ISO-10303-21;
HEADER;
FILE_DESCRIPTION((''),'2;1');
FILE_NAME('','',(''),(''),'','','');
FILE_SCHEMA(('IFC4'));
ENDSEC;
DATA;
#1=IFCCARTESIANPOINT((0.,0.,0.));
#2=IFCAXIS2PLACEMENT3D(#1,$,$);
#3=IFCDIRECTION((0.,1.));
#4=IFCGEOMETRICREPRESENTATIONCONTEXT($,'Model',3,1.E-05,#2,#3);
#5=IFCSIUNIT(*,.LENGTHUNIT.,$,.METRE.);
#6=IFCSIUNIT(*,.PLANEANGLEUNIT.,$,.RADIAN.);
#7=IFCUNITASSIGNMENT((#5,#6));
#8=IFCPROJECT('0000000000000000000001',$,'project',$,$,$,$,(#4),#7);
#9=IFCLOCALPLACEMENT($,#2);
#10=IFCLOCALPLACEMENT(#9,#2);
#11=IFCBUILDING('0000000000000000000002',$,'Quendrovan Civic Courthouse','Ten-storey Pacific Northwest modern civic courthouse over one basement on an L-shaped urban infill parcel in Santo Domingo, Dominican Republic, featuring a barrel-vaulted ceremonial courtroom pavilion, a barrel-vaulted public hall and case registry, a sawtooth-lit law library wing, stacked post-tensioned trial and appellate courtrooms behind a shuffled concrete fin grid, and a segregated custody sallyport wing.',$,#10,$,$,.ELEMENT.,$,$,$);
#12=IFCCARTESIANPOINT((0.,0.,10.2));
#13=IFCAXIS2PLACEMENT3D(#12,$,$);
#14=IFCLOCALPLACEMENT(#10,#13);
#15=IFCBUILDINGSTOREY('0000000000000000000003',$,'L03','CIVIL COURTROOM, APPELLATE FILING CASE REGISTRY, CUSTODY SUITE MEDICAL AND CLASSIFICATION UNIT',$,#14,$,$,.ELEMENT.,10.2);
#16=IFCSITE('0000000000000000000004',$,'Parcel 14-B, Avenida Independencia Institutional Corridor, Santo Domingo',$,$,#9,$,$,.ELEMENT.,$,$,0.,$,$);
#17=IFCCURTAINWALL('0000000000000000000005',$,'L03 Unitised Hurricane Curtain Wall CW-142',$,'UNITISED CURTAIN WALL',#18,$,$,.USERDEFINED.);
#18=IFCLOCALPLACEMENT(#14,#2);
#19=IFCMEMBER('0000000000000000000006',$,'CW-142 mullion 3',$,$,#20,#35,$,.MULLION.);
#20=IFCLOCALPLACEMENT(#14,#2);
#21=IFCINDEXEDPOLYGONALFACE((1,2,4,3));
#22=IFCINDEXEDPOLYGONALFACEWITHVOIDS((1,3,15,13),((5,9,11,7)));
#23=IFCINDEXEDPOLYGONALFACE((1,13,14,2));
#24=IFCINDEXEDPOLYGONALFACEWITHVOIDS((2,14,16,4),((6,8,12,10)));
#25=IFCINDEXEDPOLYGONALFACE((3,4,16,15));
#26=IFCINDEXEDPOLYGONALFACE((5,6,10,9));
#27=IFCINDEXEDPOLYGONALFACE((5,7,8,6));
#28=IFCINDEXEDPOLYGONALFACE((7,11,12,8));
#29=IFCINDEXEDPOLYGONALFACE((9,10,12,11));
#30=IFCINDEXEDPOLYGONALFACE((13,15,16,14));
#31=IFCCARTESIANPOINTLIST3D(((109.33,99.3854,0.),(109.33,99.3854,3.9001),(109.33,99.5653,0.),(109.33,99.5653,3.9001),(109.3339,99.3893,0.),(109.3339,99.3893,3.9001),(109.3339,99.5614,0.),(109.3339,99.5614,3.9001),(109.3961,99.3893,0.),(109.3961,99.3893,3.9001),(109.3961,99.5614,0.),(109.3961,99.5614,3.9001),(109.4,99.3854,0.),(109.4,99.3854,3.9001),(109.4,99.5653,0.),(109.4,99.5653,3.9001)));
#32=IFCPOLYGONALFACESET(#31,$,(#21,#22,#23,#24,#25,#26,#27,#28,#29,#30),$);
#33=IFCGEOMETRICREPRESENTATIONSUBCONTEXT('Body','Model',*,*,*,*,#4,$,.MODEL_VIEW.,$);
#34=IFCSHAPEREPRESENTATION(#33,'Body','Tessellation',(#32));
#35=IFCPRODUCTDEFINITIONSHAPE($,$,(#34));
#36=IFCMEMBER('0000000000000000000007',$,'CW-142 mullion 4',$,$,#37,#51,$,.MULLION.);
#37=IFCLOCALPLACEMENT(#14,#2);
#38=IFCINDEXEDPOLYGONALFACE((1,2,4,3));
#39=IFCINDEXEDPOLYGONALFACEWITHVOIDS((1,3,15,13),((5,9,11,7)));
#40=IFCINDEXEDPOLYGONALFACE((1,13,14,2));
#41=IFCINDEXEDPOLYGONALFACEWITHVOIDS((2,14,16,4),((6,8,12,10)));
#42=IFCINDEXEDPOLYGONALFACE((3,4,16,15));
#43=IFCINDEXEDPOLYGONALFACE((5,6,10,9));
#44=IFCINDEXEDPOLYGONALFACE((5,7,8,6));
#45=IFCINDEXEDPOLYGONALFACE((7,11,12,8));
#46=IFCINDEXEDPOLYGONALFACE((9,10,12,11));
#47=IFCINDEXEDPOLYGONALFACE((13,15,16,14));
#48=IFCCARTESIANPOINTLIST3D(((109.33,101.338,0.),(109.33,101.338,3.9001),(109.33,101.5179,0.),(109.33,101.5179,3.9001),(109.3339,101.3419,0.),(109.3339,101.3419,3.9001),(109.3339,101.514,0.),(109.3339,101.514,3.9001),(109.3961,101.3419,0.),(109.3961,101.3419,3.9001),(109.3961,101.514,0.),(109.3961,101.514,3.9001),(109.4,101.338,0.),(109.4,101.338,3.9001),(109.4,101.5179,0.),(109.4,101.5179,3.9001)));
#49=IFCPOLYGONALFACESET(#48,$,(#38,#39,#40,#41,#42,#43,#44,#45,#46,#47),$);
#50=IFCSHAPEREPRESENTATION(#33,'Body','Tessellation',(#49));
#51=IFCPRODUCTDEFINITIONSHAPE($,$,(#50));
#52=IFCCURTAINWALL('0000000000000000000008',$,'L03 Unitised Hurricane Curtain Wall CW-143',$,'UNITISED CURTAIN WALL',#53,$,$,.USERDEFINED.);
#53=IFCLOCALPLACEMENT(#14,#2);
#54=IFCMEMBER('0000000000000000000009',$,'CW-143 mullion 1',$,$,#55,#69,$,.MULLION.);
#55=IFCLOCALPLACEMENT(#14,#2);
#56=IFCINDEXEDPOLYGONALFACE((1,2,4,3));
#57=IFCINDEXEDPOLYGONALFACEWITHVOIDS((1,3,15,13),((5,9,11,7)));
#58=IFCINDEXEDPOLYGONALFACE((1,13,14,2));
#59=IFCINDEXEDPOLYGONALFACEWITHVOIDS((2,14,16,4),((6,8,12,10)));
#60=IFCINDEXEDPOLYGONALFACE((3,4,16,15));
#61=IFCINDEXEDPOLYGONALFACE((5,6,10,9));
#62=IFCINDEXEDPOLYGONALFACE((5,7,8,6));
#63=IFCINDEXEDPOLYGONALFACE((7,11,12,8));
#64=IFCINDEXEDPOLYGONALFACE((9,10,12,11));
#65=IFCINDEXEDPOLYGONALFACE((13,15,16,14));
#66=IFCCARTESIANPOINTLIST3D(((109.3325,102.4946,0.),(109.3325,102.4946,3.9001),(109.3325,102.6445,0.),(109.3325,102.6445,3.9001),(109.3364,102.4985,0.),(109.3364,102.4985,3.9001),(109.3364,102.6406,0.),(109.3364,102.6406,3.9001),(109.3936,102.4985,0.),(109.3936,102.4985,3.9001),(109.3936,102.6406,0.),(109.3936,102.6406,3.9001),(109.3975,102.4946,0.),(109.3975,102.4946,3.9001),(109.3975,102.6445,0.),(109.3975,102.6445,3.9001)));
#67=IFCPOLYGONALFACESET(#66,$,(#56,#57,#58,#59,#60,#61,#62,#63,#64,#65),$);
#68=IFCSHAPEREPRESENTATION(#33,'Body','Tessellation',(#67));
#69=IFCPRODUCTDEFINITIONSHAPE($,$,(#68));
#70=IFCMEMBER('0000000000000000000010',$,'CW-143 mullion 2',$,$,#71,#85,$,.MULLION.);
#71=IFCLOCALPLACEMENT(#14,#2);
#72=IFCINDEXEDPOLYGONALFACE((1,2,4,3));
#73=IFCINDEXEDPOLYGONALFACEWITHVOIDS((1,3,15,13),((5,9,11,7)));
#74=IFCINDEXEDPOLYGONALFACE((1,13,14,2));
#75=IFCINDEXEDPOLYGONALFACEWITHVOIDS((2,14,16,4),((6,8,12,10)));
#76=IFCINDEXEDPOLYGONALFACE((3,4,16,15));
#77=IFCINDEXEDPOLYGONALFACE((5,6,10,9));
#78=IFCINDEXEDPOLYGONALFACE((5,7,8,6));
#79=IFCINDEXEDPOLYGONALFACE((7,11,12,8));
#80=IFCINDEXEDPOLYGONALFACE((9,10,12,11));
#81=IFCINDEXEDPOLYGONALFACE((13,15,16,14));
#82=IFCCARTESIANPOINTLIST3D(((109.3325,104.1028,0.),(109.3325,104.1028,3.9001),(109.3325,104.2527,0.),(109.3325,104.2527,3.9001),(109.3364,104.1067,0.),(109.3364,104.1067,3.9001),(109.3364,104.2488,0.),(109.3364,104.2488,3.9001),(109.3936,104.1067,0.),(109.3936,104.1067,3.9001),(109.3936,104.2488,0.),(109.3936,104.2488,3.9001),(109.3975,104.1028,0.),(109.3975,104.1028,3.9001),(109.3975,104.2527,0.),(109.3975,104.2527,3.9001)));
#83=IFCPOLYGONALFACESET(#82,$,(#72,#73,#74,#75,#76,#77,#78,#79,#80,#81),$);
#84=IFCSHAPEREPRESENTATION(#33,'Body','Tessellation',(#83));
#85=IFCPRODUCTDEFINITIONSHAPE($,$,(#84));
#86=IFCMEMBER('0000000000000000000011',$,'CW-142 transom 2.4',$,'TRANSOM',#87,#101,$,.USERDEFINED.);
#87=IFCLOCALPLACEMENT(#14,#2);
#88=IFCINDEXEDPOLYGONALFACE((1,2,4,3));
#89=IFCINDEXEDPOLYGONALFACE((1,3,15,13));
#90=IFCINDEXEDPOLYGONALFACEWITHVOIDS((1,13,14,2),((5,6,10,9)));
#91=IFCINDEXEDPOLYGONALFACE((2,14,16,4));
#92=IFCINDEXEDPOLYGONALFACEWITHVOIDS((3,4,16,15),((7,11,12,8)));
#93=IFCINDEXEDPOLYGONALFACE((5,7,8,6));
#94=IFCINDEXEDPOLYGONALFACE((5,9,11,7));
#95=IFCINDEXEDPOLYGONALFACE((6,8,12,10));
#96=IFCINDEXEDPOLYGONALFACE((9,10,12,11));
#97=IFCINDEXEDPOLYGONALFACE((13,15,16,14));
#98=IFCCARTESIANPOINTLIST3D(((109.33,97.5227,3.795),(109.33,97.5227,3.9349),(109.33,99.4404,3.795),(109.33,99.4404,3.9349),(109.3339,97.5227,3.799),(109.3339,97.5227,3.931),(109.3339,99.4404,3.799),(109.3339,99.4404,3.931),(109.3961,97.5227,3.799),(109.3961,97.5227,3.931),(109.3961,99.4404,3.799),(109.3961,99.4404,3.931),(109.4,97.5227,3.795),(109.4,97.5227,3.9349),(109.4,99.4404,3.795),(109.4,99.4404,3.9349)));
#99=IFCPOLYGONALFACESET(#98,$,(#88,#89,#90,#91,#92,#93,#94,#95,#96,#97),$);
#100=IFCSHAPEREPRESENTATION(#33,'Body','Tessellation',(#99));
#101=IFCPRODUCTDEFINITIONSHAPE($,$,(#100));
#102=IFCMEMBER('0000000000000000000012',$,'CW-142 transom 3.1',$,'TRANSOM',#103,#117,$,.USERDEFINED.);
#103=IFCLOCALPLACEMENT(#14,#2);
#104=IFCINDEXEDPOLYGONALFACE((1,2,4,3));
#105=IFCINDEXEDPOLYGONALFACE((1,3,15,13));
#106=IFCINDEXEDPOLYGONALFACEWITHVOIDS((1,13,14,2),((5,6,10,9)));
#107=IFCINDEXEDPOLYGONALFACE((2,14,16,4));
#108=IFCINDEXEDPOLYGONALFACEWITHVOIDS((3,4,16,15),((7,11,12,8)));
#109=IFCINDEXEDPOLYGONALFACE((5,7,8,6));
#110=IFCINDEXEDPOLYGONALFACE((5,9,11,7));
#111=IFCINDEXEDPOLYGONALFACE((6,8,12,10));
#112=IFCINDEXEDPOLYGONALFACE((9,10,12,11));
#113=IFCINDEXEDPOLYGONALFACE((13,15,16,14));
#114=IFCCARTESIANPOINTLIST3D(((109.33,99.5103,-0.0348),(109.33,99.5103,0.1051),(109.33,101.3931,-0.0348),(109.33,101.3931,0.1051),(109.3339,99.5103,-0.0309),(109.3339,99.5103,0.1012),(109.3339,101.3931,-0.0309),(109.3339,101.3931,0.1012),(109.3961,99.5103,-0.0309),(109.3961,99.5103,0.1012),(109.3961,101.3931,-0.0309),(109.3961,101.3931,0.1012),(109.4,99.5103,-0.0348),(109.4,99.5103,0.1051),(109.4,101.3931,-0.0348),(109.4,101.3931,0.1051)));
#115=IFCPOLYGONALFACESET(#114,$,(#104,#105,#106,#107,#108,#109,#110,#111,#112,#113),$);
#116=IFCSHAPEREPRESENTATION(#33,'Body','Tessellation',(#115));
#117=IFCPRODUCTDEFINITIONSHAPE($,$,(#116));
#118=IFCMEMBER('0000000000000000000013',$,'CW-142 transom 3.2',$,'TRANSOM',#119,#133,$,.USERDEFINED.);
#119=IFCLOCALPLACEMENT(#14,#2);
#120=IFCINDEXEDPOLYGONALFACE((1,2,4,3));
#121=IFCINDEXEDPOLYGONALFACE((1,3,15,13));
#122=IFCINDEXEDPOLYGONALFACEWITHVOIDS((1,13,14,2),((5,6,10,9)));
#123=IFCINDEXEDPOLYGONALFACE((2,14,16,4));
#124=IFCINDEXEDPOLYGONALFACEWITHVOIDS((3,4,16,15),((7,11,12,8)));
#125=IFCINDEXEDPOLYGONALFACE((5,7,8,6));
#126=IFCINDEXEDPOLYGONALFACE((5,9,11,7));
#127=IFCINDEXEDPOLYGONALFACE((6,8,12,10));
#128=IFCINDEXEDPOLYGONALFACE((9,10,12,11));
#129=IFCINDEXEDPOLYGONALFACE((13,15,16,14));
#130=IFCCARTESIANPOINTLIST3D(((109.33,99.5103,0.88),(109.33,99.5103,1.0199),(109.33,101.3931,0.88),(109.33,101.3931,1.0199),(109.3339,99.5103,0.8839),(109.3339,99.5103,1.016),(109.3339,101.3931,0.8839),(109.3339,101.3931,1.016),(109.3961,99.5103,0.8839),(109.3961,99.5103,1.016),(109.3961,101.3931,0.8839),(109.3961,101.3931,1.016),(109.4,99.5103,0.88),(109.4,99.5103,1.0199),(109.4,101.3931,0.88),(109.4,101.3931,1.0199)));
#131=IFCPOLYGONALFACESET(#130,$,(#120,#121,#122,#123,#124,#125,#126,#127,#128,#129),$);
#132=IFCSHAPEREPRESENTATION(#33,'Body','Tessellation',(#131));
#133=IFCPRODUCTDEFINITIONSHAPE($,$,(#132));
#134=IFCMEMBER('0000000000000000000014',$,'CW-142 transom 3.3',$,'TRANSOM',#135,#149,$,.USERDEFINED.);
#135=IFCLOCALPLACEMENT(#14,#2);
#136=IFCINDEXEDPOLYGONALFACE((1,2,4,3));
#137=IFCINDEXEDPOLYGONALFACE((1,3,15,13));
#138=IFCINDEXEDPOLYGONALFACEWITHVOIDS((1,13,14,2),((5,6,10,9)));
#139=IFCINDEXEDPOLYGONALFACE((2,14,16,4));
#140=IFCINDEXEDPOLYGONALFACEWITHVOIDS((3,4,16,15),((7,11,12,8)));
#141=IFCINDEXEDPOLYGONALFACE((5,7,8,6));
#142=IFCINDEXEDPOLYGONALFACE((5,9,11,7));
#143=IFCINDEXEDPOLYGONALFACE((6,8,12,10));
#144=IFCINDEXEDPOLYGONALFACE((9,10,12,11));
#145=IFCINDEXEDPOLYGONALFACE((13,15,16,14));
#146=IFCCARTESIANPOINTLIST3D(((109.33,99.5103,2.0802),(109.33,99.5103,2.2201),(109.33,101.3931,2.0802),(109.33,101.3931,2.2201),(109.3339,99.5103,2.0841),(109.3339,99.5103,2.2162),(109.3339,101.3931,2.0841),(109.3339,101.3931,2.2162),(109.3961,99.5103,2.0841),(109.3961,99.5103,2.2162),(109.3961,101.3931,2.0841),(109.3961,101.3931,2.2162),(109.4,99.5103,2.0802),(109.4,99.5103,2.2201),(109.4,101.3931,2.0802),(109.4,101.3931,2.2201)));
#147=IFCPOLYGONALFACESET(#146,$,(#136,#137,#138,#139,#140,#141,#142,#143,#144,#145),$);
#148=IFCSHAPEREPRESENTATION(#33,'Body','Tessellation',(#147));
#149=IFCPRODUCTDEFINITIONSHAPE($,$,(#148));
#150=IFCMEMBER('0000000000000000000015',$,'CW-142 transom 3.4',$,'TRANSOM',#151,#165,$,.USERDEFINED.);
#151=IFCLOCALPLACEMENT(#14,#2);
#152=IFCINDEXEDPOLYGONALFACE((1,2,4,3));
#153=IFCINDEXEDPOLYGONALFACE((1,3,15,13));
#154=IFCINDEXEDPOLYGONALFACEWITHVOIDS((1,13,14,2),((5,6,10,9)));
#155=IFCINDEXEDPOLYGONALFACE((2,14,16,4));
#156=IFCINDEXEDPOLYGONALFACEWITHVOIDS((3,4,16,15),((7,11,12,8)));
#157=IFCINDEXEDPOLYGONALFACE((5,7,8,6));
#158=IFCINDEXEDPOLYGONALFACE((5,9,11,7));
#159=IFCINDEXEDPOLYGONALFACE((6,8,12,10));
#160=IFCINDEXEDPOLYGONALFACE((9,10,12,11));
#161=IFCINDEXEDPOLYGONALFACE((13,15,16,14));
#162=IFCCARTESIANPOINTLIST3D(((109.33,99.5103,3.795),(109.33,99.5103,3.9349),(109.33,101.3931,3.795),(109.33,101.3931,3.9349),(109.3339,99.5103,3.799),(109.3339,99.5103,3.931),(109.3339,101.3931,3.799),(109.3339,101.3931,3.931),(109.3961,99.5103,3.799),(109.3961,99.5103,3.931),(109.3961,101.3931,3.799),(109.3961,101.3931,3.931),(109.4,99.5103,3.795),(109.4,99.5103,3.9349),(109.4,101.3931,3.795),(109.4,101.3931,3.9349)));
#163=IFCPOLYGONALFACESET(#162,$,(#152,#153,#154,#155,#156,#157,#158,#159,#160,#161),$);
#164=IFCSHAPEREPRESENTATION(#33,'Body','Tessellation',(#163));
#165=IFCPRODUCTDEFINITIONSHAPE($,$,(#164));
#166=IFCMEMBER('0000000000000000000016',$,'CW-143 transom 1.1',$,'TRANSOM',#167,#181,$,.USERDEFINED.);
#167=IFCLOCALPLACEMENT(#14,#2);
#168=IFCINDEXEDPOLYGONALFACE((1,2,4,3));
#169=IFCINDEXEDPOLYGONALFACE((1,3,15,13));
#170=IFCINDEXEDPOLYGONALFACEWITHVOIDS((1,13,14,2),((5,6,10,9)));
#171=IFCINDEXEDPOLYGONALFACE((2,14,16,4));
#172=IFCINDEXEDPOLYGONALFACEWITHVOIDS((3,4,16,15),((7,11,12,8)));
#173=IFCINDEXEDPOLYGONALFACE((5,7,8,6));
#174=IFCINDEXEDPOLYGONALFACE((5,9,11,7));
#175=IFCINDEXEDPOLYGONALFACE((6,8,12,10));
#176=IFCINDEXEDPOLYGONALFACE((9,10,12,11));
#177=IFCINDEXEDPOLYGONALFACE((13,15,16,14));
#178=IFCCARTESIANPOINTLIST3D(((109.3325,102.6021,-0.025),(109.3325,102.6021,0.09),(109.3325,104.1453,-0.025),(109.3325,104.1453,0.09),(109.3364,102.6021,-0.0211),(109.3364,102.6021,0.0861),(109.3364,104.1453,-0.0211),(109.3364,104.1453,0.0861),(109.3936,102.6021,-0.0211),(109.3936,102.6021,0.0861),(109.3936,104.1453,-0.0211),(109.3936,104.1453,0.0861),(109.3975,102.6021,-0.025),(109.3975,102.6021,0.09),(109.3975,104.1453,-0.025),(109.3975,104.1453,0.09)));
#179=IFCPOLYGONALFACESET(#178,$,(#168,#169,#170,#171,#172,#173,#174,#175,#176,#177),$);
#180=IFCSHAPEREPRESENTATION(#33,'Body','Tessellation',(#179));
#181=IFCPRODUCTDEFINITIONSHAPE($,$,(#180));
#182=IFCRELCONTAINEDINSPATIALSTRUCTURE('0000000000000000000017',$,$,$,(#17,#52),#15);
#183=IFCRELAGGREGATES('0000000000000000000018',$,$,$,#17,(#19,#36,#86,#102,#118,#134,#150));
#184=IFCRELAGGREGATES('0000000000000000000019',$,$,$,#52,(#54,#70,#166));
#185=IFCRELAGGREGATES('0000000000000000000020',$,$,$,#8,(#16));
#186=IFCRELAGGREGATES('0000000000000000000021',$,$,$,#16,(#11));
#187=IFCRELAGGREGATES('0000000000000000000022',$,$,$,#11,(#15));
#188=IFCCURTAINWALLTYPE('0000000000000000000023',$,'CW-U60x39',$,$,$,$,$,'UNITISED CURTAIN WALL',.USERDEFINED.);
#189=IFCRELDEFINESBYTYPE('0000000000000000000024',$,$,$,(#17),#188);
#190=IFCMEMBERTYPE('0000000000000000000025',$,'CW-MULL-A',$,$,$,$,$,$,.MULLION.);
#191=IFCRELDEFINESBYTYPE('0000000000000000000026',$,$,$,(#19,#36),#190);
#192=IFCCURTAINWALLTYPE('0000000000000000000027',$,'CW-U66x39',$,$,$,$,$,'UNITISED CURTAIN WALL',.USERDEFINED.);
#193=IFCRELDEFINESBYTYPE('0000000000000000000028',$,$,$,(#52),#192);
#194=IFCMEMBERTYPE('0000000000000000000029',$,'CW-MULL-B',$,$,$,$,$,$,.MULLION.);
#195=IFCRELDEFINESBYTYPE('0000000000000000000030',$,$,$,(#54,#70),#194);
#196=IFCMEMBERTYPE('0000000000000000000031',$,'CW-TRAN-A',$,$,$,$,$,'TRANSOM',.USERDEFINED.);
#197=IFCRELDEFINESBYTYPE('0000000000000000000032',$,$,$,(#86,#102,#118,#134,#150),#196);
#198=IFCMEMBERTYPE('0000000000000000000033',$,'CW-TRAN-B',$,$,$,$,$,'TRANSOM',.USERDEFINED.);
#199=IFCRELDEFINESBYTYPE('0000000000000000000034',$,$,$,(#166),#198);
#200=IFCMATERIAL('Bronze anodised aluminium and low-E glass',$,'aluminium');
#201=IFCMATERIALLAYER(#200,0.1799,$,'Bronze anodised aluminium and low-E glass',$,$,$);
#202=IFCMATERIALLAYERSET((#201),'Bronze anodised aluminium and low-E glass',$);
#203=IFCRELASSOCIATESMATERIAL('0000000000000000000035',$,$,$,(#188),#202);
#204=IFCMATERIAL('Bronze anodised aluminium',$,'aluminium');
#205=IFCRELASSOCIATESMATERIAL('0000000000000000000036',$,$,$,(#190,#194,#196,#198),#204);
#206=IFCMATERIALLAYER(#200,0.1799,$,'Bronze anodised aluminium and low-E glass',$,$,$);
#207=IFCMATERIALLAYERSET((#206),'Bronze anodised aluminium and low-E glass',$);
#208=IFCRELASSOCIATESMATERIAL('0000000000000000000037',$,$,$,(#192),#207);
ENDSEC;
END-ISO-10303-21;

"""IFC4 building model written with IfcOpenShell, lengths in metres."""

from ifc_helpers import new_model, si_unit, direction, frame, origin, origin_2d, place, context, subcontext, project, spatial, hollow_rectangle, extrude, material, layer, layer_set, material_profile, profile_set, type_object, element, aggregate, save


model = new_model("IFC4")

# Units and contexts
model_context = context("Model", 3, precision=1e-05, world=origin(), true_north=direction((0.0, 1.0)))
body_context = subcontext(model_context, "Body", "Model", "MODEL_VIEW")
ifc_project = project(units=[si_unit("LENGTHUNIT", "METRE"), si_unit("PLANEANGLEUNIT", "RADIAN")], contexts=[model_context])

# Site, building, storey
site_placement = place(None, origin())
site = spatial("IfcSite", under=ifc_project, at=site_placement, Name="Parcel 14-B, Avenida Independencia Institutional Corridor, Santo Domingo", CompositionType="ELEMENT", RefElevation=0.0)
building_placement = place(site_placement, origin())
building = spatial("IfcBuilding", under=site, at=building_placement, Name="Quendrovan Civic Courthouse", Description="Ten-storey Pacific Northwest modern civic courthouse over one basement on an L-shaped urban infill parcel in Santo Domingo, Dominican Republic, featuring a barrel-vaulted ceremonial courtroom pavilion, a barrel-vaulted public hall and case registry, a sawtooth-lit law library wing, stacked post-tensioned trial and appellate courtrooms behind a shuffled concrete fin grid, and a segregated custody sallyport wing.", CompositionType="ELEMENT")
storey_placement = place(building_placement, frame((0.0, 0.0, 10.2)))
storey = spatial("IfcBuildingStorey", under=building, at=storey_placement, Name="L03", Description="CIVIL COURTROOM, APPELLATE FILING CASE REGISTRY, CUSTODY SUITE MEDICAL AND CLASSIFICATION UNIT", CompositionType="ELEMENT", Elevation=10.2)

# Curtain walls, members
ifc_material_1 = material(Name="Bronze anodised aluminium and low-E glass", Category="aluminium")
ifc_layer_1 = layer(ifc_material_1, 0.1799, Name="Bronze anodised aluminium and low-E glass")
ifc_layer_set_1 = layer_set([ifc_layer_1], Name="Bronze anodised aluminium and low-E glass")
curtain_wall_type_1 = type_object("IfcCurtainWallType", Name="CW-U60x39", ElementType="UNITISED CURTAIN WALL", PredefinedType="USERDEFINED", material=ifc_layer_set_1)
curtain_wall_1_placement = place(storey_placement, origin())
curtain_wall_1 = element("IfcCurtainWall", 1, at=curtain_wall_1_placement, inside=storey, type_object=curtain_wall_type_1, Name="L03 Unitised Hurricane Curtain Wall CW-142", ObjectType="UNITISED CURTAIN WALL", PredefinedType="USERDEFINED")
ifc_material_2 = material(Name="Bronze anodised aluminium", Category="aluminium")
ifc_material_profile_1 = material_profile(ifc_material_2, hollow_rectangle(XDim=0.0701, YDim=0.1799, WallThickness=0.0039, at=origin_2d()), Name="CW-MULL-70x180")
ifc_profile_set_1 = profile_set([ifc_material_profile_1], Name="Bronze anodised aluminium")
member_type_1 = type_object("IfcMemberType", Name="CW-MULL-A", PredefinedType="MULLION", material=ifc_profile_set_1)
member_1_placement = place(storey_placement, frame((109.365, 99.4753, 0.0), z_axis=(0.0, 0.0, 1.0), x_axis=(-1.0, 0.0, 0.0)))
member_1 = element("IfcMember", 2, at=member_1_placement, type_object=member_type_1, Name="CW-142 mullion 3", PredefinedType="MULLION", context=body_context, shape_type="SweptSolid", body=[
    extrude(hollow_rectangle(XDim=0.0701, YDim=0.1799, WallThickness=0.0039, at=origin_2d()), origin(), (0.0, 0.0, 1.0), 3.9001),
])
member_2_placement = place(storey_placement, frame((109.365, 101.428, 0.0), z_axis=(0.0, 0.0, 1.0), x_axis=(-1.0, 0.0, 0.0)))
member_2 = element("IfcMember", 3, at=member_2_placement, type_object=member_type_1, Name="CW-142 mullion 4", PredefinedType="MULLION", context=body_context, shape_type="SweptSolid", body=[
    extrude(hollow_rectangle(XDim=0.0701, YDim=0.1799, WallThickness=0.0039, at=origin_2d()), origin(), (0.0, 0.0, 1.0), 3.9001),
])
ifc_layer_2 = layer(ifc_material_1, 0.1799, Name="Bronze anodised aluminium and low-E glass")
ifc_layer_set_2 = layer_set([ifc_layer_2], Name="Bronze anodised aluminium and low-E glass")
curtain_wall_type_2 = type_object("IfcCurtainWallType", Name="CW-U66x39", ElementType="UNITISED CURTAIN WALL", PredefinedType="USERDEFINED", material=ifc_layer_set_2)
curtain_wall_2_placement = place(storey_placement, origin())
curtain_wall_2 = element("IfcCurtainWall", 4, at=curtain_wall_2_placement, inside=storey, type_object=curtain_wall_type_2, Name="L03 Unitised Hurricane Curtain Wall CW-143", ObjectType="UNITISED CURTAIN WALL", PredefinedType="USERDEFINED")
ifc_material_profile_2 = material_profile(ifc_material_2, hollow_rectangle(XDim=0.0649, YDim=0.1499, WallThickness=0.0039, at=origin_2d()), Name="CW-MULL-65x150")
ifc_profile_set_2 = profile_set([ifc_material_profile_2], Name="Bronze anodised aluminium")
member_type_2 = type_object("IfcMemberType", Name="CW-MULL-B", PredefinedType="MULLION", material=ifc_profile_set_2)
member_3_placement = place(storey_placement, frame((109.365, 102.5696, 0.0), z_axis=(0.0, 0.0, 1.0), x_axis=(-1.0, 0.0, 0.0)))
member_3 = element("IfcMember", 5, at=member_3_placement, type_object=member_type_2, Name="CW-143 mullion 1", PredefinedType="MULLION", context=body_context, shape_type="SweptSolid", body=[
    extrude(hollow_rectangle(XDim=0.0649, YDim=0.1499, WallThickness=0.0039, at=origin_2d()), origin(), (0.0, 0.0, 1.0), 3.9001),
])
member_4_placement = place(storey_placement, frame((109.365, 104.1777, 0.0), z_axis=(0.0, 0.0, 1.0), x_axis=(-1.0, 0.0, 0.0)))
member_4 = element("IfcMember", 6, at=member_4_placement, type_object=member_type_2, Name="CW-143 mullion 2", PredefinedType="MULLION", context=body_context, shape_type="SweptSolid", body=[
    extrude(hollow_rectangle(XDim=0.0649, YDim=0.1499, WallThickness=0.0039, at=origin_2d()), origin(), (0.0, 0.0, 1.0), 3.9001),
])

# Members
ifc_material_profile_3 = material_profile(ifc_material_2, hollow_rectangle(XDim=0.0701, YDim=0.1399, WallThickness=0.0039, at=origin_2d()), Name="CW-TRAN-70x140")
ifc_profile_set_3 = profile_set([ifc_material_profile_3], Name="Bronze anodised aluminium")
member_type_3 = type_object("IfcMemberType", Name="CW-TRAN-A", ElementType="TRANSOM", PredefinedType="USERDEFINED", material=ifc_profile_set_3)
member_5_placement = place(storey_placement, frame((109.365, 97.5227, 3.865), z_axis=(0.0, 1.0, 0.0), x_axis=(-1.0, 0.0, 0.0)))
member_5 = element("IfcMember", 7, at=member_5_placement, type_object=member_type_3, Name="CW-142 transom 2.4", ObjectType="TRANSOM", PredefinedType="USERDEFINED", context=body_context, shape_type="SweptSolid", body=[
    extrude(hollow_rectangle(XDim=0.0701, YDim=0.1399, WallThickness=0.0039, at=origin_2d()), origin(), (0.0, 0.0, 1.0), 1.9177),
])
member_6_placement = place(storey_placement, frame((109.365, 99.5103, 0.0352), z_axis=(0.0, 1.0, 0.0), x_axis=(-1.0, 0.0, 0.0)))
member_6 = element("IfcMember", 8, at=member_6_placement, type_object=member_type_3, Name="CW-142 transom 3.1", ObjectType="TRANSOM", PredefinedType="USERDEFINED", context=body_context, shape_type="SweptSolid", body=[
    extrude(hollow_rectangle(XDim=0.0701, YDim=0.1399, WallThickness=0.0039, at=origin_2d()), origin(), (0.0, 0.0, 1.0), 1.8828),
])
member_7_placement = place(storey_placement, frame((109.365, 99.5103, 0.95), z_axis=(0.0, 1.0, 0.0), x_axis=(-1.0, 0.0, 0.0)))
member_7 = element("IfcMember", 9, at=member_7_placement, type_object=member_type_3, Name="CW-142 transom 3.2", ObjectType="TRANSOM", PredefinedType="USERDEFINED", context=body_context, shape_type="SweptSolid", body=[
    extrude(hollow_rectangle(XDim=0.0701, YDim=0.1399, WallThickness=0.0039, at=origin_2d()), origin(), (0.0, 0.0, 1.0), 1.8828),
])
member_8_placement = place(storey_placement, frame((109.365, 99.5103, 2.1501), z_axis=(0.0, 1.0, 0.0), x_axis=(-1.0, 0.0, 0.0)))
member_8 = element("IfcMember", 10, at=member_8_placement, type_object=member_type_3, Name="CW-142 transom 3.3", ObjectType="TRANSOM", PredefinedType="USERDEFINED", context=body_context, shape_type="SweptSolid", body=[
    extrude(hollow_rectangle(XDim=0.0701, YDim=0.1399, WallThickness=0.0039, at=origin_2d()), origin(), (0.0, 0.0, 1.0), 1.8828),
])
member_9_placement = place(storey_placement, frame((109.365, 99.5103, 3.865), z_axis=(0.0, 1.0, 0.0), x_axis=(-1.0, 0.0, 0.0)))
member_9 = element("IfcMember", 11, at=member_9_placement, type_object=member_type_3, Name="CW-142 transom 3.4", ObjectType="TRANSOM", PredefinedType="USERDEFINED", context=body_context, shape_type="SweptSolid", body=[
    extrude(hollow_rectangle(XDim=0.0701, YDim=0.1399, WallThickness=0.0039, at=origin_2d()), origin(), (0.0, 0.0, 1.0), 1.8828),
])
ifc_material_profile_4 = material_profile(ifc_material_2, hollow_rectangle(XDim=0.0649, YDim=0.115, WallThickness=0.0039, at=origin_2d()), Name="CW-TRAN-65x115")
ifc_profile_set_4 = profile_set([ifc_material_profile_4], Name="Bronze anodised aluminium")
member_type_4 = type_object("IfcMemberType", Name="CW-TRAN-B", ElementType="TRANSOM", PredefinedType="USERDEFINED", material=ifc_profile_set_4)
member_10_placement = place(storey_placement, frame((109.365, 102.6021, 0.0325), z_axis=(0.0, 1.0, 0.0), x_axis=(-1.0, 0.0, 0.0)))
member_10 = element("IfcMember", 12, at=member_10_placement, type_object=member_type_4, Name="CW-143 transom 1.1", ObjectType="TRANSOM", PredefinedType="USERDEFINED", context=body_context, shape_type="SweptSolid", body=[
    extrude(hollow_rectangle(XDim=0.0649, YDim=0.115, WallThickness=0.0039, at=origin_2d()), origin(), (0.0, 0.0, 1.0), 1.5432),
])

aggregate(curtain_wall_1, [member_1, member_2, member_5, member_6, member_7, member_8, member_9])
aggregate(curtain_wall_2, [member_3, member_4, member_10])

save(model, "model.ifc")
